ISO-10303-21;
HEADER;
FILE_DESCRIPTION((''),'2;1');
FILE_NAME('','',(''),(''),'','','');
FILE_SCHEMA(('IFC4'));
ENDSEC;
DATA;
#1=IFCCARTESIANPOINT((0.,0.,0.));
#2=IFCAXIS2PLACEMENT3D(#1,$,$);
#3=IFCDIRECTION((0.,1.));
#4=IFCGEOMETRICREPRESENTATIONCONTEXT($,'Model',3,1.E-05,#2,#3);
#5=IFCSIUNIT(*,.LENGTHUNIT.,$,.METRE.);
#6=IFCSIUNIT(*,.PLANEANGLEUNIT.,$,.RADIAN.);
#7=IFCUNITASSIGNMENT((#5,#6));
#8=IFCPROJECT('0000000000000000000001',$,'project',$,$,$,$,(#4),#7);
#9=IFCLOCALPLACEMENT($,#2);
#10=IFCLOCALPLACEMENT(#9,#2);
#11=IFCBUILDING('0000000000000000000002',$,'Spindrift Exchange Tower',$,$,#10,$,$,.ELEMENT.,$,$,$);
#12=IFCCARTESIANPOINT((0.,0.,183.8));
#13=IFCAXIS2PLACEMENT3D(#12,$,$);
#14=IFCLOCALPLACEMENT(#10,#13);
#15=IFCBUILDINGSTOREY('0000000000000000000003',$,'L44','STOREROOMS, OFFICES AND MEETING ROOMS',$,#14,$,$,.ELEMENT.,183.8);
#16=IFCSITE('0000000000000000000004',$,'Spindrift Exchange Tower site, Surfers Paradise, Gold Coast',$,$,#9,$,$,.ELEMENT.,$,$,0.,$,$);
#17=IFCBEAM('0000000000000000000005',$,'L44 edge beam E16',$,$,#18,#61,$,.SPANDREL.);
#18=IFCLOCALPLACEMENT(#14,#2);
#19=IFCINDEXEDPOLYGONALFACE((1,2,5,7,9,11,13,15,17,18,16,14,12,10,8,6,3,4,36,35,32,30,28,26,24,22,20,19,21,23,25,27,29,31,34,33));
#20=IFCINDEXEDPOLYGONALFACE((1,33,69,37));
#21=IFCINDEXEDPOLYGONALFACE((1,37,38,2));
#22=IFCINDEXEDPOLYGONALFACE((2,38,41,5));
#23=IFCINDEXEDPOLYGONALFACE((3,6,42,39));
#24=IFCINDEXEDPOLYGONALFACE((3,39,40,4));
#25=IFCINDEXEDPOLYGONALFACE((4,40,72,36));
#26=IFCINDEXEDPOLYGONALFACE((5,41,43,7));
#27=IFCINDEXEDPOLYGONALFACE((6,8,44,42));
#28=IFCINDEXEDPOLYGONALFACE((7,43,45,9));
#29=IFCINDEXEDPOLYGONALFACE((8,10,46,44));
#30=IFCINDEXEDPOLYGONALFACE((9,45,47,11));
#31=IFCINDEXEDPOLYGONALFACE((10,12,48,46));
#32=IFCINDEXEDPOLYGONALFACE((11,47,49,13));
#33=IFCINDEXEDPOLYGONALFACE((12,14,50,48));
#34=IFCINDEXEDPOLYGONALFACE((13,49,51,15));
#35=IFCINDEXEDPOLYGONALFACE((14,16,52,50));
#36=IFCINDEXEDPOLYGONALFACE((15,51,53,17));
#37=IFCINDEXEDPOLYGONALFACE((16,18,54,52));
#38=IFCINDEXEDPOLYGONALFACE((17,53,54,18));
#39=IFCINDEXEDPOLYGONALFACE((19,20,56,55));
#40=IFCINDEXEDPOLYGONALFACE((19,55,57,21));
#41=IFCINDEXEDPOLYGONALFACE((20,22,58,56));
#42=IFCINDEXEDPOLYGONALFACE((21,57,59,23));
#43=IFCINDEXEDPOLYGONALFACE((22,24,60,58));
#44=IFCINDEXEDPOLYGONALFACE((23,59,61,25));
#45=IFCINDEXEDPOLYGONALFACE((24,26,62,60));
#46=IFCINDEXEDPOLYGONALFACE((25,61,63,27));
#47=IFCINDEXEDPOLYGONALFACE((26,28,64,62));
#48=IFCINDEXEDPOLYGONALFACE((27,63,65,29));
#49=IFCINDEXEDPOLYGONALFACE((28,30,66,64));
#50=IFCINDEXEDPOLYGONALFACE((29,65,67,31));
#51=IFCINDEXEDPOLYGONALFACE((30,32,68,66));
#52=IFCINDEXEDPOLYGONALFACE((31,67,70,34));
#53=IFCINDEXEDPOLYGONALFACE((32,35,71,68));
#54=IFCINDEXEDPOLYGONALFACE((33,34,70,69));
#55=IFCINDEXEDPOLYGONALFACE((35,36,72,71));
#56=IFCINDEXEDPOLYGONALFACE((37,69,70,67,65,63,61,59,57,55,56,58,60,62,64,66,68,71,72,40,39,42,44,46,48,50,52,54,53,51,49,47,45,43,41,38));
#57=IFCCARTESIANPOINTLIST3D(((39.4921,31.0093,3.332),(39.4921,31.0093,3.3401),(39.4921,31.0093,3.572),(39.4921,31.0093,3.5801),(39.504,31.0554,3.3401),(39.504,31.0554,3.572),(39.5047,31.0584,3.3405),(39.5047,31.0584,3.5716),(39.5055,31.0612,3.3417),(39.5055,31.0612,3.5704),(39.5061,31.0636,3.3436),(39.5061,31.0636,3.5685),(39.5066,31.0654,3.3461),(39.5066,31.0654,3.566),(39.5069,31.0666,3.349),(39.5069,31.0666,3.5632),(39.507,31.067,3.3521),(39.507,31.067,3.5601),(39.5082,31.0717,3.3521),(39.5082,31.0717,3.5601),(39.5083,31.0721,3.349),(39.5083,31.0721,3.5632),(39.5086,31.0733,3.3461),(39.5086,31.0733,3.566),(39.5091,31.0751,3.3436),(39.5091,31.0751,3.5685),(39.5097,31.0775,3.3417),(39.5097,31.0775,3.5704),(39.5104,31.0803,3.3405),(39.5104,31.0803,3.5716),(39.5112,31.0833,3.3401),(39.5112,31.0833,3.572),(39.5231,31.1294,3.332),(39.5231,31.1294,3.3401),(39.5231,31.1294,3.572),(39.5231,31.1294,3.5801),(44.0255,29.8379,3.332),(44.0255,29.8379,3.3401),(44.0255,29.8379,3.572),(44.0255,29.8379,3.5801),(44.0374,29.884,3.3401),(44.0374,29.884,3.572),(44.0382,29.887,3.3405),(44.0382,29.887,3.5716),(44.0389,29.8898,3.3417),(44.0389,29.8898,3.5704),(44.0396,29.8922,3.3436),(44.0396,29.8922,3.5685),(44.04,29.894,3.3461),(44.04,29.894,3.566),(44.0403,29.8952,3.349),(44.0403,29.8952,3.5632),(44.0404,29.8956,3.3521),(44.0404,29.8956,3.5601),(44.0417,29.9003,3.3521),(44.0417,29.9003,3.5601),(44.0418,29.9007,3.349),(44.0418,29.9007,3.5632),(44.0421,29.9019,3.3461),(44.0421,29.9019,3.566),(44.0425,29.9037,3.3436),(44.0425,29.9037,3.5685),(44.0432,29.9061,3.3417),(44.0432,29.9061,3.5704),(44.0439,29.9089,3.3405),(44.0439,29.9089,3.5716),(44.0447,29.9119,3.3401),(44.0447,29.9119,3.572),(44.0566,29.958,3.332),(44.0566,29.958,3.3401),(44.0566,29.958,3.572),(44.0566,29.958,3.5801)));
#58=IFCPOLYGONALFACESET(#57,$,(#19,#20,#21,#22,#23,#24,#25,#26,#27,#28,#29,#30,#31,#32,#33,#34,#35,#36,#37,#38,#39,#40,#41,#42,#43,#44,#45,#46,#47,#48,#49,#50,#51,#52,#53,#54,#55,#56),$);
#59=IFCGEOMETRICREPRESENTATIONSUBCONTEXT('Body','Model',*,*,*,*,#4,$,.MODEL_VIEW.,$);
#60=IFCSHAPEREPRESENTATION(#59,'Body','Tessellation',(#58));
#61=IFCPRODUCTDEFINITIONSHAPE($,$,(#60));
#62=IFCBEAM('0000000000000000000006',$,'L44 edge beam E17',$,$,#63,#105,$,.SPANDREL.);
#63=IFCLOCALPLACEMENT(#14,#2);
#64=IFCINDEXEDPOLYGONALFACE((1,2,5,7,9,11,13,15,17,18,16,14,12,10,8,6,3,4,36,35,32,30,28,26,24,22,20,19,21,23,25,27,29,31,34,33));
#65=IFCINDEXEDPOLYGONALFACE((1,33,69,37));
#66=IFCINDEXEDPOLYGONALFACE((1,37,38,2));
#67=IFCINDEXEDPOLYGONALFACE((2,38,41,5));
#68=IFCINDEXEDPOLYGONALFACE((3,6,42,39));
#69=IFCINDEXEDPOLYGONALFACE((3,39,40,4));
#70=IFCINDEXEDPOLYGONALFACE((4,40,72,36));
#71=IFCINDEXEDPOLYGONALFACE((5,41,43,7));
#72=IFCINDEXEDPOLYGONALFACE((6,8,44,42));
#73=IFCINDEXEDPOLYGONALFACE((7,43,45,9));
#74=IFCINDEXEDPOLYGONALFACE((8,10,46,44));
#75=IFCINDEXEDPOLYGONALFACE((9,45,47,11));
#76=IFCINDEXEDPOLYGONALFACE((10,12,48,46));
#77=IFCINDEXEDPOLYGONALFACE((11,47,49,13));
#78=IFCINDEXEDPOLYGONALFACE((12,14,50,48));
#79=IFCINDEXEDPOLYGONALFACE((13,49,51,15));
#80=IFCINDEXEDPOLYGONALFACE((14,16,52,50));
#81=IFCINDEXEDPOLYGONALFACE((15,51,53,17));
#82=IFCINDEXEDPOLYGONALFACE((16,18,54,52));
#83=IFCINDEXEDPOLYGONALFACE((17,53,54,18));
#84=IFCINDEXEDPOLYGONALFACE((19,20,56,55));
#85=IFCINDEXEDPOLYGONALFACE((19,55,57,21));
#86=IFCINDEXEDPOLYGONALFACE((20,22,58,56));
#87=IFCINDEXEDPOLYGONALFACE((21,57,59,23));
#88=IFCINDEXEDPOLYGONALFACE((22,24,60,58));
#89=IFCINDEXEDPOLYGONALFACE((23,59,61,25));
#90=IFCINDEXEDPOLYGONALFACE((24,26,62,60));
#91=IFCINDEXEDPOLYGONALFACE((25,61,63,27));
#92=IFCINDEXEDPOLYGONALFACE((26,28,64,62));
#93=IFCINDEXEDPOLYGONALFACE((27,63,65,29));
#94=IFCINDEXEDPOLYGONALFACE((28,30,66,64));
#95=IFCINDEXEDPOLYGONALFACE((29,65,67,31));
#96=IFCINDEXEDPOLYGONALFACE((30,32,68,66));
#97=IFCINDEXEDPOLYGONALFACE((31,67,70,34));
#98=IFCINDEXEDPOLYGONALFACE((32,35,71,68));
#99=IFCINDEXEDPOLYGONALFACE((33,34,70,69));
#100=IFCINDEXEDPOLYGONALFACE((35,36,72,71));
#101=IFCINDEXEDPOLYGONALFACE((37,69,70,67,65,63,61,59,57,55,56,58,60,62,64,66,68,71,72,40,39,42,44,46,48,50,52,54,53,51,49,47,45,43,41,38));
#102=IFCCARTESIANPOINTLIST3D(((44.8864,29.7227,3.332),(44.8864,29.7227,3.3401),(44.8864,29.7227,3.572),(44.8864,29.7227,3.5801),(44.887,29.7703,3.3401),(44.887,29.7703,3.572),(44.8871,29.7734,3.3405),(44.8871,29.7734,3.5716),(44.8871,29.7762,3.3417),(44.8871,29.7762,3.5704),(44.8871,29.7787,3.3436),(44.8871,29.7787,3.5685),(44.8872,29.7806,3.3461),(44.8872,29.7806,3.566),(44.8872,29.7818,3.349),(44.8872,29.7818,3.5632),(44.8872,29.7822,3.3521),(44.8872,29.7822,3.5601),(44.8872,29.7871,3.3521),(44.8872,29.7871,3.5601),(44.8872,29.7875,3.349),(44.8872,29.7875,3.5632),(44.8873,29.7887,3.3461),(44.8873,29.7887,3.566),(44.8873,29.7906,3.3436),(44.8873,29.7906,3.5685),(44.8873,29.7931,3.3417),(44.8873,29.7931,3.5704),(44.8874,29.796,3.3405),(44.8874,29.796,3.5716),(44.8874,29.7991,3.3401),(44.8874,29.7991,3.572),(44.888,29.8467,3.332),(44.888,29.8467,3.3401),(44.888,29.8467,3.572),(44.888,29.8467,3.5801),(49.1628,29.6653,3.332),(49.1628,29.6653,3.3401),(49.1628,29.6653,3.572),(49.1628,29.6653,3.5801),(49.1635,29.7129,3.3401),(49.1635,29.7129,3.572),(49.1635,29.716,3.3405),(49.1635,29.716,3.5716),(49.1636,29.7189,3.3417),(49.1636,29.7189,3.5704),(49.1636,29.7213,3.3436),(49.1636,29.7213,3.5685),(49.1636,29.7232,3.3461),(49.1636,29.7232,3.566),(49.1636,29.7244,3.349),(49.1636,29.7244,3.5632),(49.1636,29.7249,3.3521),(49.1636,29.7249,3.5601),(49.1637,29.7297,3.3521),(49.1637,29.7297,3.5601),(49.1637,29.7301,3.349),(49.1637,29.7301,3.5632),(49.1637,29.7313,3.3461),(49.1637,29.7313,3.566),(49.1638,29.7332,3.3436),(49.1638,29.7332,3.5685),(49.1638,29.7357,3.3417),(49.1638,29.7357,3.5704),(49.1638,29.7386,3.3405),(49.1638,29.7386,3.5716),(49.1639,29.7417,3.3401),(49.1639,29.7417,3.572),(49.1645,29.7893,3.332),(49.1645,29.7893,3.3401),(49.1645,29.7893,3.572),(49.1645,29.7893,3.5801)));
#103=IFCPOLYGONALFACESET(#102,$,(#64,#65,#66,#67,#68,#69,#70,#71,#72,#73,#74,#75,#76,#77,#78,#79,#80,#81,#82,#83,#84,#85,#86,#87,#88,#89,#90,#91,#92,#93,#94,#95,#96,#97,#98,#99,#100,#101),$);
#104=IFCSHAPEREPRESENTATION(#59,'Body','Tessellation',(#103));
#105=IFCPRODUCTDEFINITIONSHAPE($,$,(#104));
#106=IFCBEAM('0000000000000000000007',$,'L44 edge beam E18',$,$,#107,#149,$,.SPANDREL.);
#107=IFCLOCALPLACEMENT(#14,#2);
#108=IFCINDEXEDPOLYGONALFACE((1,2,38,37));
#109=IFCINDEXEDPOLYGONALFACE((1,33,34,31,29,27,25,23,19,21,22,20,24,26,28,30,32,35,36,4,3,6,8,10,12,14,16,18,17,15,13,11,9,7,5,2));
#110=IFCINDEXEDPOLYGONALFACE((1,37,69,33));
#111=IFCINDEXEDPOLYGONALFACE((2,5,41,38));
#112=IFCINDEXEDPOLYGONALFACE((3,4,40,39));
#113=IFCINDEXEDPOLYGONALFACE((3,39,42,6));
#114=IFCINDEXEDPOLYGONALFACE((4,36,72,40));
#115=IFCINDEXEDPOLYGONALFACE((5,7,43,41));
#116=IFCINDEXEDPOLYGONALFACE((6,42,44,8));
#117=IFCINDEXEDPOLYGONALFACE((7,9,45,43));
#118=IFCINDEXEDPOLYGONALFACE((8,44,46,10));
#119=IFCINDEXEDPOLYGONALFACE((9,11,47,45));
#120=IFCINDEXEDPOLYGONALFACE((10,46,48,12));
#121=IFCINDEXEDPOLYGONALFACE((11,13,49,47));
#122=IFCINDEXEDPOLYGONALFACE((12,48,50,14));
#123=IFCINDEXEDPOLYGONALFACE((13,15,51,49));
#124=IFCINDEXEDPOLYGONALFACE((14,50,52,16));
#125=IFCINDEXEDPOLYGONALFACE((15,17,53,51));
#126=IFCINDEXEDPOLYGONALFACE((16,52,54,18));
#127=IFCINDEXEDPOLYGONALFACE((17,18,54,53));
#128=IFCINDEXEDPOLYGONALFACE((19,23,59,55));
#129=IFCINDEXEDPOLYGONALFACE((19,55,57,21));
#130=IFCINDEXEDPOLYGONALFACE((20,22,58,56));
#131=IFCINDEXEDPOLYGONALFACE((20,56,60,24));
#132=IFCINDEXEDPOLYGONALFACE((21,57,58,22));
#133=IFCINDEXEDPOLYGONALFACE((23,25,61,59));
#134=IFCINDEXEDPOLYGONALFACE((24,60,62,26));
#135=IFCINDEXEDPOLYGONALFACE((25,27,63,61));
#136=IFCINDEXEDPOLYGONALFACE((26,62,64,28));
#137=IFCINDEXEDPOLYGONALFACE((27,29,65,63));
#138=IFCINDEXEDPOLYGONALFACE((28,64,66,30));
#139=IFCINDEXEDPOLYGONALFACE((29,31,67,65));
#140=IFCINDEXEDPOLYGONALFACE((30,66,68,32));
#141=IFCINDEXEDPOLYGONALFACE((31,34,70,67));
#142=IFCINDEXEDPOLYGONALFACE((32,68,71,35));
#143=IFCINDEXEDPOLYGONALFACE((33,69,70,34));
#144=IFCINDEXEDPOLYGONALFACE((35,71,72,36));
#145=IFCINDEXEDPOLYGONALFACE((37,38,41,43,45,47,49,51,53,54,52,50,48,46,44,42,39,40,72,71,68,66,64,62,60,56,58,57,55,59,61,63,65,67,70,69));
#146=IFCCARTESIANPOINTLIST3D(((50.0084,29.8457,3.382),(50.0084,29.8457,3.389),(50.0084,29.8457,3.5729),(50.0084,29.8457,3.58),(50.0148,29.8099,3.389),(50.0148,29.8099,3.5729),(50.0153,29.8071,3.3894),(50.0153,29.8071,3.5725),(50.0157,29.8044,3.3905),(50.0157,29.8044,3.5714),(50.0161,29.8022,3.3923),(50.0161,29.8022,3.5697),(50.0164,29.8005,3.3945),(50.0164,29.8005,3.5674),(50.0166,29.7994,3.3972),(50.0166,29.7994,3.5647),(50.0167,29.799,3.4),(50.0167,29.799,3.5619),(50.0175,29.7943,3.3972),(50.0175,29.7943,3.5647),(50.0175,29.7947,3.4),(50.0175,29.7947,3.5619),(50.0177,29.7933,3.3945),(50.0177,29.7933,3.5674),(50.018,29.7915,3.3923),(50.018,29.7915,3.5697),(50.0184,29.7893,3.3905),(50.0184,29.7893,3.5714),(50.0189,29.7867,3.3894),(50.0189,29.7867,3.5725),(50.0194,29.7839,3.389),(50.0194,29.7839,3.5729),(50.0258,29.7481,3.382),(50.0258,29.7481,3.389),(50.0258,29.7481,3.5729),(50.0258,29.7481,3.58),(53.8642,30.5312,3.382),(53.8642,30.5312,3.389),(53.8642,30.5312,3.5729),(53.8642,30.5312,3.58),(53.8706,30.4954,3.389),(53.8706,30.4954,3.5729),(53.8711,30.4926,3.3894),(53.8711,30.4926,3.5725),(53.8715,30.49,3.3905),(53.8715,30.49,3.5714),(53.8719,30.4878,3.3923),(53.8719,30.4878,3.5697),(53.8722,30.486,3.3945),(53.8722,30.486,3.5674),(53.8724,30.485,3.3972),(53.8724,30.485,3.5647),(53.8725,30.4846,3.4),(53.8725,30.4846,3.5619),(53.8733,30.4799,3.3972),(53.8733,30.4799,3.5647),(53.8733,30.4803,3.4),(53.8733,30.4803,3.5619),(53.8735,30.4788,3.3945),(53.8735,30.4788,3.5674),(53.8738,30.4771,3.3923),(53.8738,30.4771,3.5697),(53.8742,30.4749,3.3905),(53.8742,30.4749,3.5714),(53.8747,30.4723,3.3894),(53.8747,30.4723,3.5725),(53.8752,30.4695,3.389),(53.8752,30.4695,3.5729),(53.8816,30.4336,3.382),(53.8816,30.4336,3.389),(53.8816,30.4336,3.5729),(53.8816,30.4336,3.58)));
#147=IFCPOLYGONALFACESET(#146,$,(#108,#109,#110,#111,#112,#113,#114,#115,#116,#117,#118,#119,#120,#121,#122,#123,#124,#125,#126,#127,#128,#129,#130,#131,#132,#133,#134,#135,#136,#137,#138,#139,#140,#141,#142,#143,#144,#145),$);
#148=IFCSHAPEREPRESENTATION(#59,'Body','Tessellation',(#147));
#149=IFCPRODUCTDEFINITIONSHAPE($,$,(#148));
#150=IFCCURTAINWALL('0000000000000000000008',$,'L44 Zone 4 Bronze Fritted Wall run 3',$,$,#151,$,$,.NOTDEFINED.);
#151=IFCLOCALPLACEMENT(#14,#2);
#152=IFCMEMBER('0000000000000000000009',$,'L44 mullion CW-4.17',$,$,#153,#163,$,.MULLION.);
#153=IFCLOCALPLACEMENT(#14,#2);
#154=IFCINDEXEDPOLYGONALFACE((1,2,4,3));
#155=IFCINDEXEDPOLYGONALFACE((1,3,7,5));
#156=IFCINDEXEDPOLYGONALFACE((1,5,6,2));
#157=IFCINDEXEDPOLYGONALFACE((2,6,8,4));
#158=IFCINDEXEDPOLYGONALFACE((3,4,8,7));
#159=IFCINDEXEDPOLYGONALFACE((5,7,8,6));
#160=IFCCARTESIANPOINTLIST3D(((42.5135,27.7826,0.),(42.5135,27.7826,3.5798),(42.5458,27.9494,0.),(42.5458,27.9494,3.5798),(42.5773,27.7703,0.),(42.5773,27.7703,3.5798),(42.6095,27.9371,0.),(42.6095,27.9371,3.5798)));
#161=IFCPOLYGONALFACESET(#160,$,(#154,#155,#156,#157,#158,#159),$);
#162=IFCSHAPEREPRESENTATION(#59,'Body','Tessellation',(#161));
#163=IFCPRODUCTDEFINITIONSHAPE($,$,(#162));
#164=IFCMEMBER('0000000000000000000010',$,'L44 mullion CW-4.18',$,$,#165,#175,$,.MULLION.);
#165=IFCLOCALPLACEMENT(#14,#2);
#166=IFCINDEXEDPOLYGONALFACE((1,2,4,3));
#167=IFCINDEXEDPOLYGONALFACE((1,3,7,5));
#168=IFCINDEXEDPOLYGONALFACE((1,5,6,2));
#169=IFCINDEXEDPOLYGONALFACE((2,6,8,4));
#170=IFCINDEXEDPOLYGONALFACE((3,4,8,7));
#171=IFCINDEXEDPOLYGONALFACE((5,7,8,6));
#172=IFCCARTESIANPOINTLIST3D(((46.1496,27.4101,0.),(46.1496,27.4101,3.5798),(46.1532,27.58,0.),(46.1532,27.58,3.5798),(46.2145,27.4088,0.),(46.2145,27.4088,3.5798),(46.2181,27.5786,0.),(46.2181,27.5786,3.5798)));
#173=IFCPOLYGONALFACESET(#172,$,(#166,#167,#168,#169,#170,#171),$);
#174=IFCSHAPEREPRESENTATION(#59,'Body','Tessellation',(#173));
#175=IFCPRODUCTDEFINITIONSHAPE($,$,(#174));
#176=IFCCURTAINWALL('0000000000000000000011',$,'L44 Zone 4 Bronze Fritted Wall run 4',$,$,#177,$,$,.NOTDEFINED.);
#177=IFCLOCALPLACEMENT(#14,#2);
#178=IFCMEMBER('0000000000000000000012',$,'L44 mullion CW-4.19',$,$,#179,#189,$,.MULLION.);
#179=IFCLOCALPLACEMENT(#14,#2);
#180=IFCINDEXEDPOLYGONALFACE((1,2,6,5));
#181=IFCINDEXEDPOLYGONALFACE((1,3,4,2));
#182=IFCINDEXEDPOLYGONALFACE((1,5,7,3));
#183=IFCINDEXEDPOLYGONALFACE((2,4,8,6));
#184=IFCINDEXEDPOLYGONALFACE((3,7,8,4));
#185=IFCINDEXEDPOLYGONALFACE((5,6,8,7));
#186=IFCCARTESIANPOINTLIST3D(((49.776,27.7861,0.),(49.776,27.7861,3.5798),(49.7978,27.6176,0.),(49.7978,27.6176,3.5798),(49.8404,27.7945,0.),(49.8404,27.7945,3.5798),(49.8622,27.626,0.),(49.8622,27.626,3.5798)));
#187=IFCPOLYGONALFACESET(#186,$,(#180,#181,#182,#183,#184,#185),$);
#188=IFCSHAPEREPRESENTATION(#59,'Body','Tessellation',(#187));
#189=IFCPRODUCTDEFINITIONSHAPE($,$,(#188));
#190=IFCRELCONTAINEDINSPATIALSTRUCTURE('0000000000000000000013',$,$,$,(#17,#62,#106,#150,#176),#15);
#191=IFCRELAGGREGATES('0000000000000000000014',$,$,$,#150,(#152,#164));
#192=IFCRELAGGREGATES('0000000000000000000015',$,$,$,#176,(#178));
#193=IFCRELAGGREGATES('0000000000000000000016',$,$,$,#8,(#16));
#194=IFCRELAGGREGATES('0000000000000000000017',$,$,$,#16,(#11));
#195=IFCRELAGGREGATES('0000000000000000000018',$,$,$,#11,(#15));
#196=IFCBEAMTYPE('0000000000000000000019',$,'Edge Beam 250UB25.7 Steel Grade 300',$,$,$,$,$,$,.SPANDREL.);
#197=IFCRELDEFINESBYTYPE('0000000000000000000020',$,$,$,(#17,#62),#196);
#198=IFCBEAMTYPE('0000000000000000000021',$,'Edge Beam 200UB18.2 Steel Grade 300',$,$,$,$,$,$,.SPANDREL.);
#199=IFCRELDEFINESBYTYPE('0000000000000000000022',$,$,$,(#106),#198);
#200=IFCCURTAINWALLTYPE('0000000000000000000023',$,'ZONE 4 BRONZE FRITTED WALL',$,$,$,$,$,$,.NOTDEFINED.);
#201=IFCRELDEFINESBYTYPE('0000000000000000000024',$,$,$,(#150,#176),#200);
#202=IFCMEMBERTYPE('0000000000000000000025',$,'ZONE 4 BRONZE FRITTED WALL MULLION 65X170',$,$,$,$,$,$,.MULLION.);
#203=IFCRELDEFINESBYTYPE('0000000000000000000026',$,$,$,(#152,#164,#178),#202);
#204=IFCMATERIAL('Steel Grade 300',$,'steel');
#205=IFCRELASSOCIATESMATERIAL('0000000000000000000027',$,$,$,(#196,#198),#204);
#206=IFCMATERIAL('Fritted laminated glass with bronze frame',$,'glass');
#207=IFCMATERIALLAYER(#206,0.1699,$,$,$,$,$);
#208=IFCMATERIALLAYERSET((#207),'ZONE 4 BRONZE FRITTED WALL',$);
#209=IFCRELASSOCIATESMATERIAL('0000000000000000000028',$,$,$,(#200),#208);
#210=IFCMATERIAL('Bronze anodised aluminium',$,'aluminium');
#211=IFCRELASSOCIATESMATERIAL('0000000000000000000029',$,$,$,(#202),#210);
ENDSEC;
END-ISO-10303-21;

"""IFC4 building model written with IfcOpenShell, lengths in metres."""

from ifc_helpers import new_model, si_unit, direction, frame, origin, origin_2d, place, context, subcontext, project, spatial, rectangle, i_section, extrude, source, transform, mapped, material, layer, layer_set, material_profile, profile_set, type_object, element, aggregate, save


model = new_model("IFC4")

# Units and contexts
model_context = context("Model", 3, precision=1e-05, world=origin(), true_north=direction((0.0, 1.0)))
body_context = subcontext(model_context, "Body", "Model", "MODEL_VIEW")
ifc_project = project(units=[si_unit("LENGTHUNIT", "METRE"), si_unit("PLANEANGLEUNIT", "RADIAN")], contexts=[model_context])

# Site, building, storey
site_placement = place(None, origin())
site = spatial("IfcSite", under=ifc_project, at=site_placement, Name="Spindrift Exchange Tower site, Surfers Paradise, Gold Coast", CompositionType="ELEMENT", RefElevation=0.0)
building_placement = place(site_placement, origin())
building = spatial("IfcBuilding", under=site, at=building_placement, Name="Spindrift Exchange Tower", CompositionType="ELEMENT")
storey_placement = place(building_placement, frame((0.0, 0.0, 183.8)))
storey = spatial("IfcBuildingStorey", under=building, at=storey_placement, Name="L44", Description="STOREROOMS, OFFICES AND MEETING ROOMS", CompositionType="ELEMENT", Elevation=183.8)

# Beams
ifc_material_1 = material(Name="Steel Grade 300", Category="steel")
ifc_material_profile_1 = material_profile(ifc_material_1, i_section(OverallWidth=0.124, OverallDepth=0.248, WebThickness=0.0049, FlangeThickness=0.0081, FilletRadius=0.012, at=origin_2d()), Name="250UB25.7")
ifc_profile_set_1 = profile_set([ifc_material_profile_1], Name="Steel Grade 300")
beam_type_1 = type_object("IfcBeamType", Name="Edge Beam 250UB25.7 Steel Grade 300", PredefinedType="SPANDREL", material=ifc_profile_set_1)
shared_shape_1 = source(origin(), body_context, "Body", "SweptSolid", [
    extrude(i_section(OverallWidth=0.124, OverallDepth=0.248, WebThickness=0.0049, FlangeThickness=0.0081, FilletRadius=0.012, at=origin_2d()), origin(), (0.0, 0.0, 1.0), 4.6824),
])
beam_1_placement = place(storey_placement, frame((39.5076, 31.0693, 3.4561), z_axis=(0.968202, -0.250171, 0.0), x_axis=(0.250171, 0.968202, 0.0)))
element("IfcBeam", 1, at=beam_1_placement, inside=storey, type_object=beam_type_1, Name="L44 edge beam E16", PredefinedType="SPANDREL", context=body_context, shape_type="MappedRepresentation", body=[
    mapped(shared_shape_1, transform((0.0, 0.0, 0.0), scale=1.0)),
])
shared_shape_2 = source(origin(), body_context, "Body", "SweptSolid", [
    extrude(i_section(OverallWidth=0.124, OverallDepth=0.248, WebThickness=0.0049, FlangeThickness=0.0081, FilletRadius=0.012, at=origin_2d()), origin(), (0.0, 0.0, 1.0), 4.2769),
])
beam_2_placement = place(storey_placement, frame((44.8872, 29.7847, 3.4561), z_axis=(0.99991, -0.013415, 0.0), x_axis=(0.013415, 0.99991, 0.0)))
element("IfcBeam", 2, at=beam_2_placement, inside=storey, type_object=beam_type_1, Name="L44 edge beam E17", PredefinedType="SPANDREL", context=body_context, shape_type="MappedRepresentation", body=[
    mapped(shared_shape_2, transform((0.0, 0.0, 0.0), scale=1.0)),
])
ifc_material_profile_2 = material_profile(ifc_material_1, i_section(OverallWidth=0.0991, OverallDepth=0.198, WebThickness=0.0044, FlangeThickness=0.0071, FilletRadius=0.011, at=origin_2d()), Name="200UB18.2")
ifc_profile_set_2 = profile_set([ifc_material_profile_2], Name="Steel Grade 300")
beam_type_2 = type_object("IfcBeamType", Name="Edge Beam 200UB18.2 Steel Grade 300", PredefinedType="SPANDREL", material=ifc_profile_set_2)
shared_shape_3 = source(origin(), body_context, "Body", "SweptSolid", [
    extrude(i_section(OverallWidth=0.0991, OverallDepth=0.198, WebThickness=0.0044, FlangeThickness=0.0071, FilletRadius=0.011, at=origin_2d()), origin(), (0.0, 0.0, 1.0), 3.9163),
])
beam_3_placement = place(storey_placement, frame((50.0171, 29.7969, 3.481), z_axis=(0.984559, 0.175055, 0.0), x_axis=(-0.175055, 0.984559, 0.0)))
element("IfcBeam", 3, at=beam_3_placement, inside=storey, type_object=beam_type_2, Name="L44 edge beam E18", PredefinedType="SPANDREL", context=body_context, shape_type="MappedRepresentation", body=[
    mapped(shared_shape_3, transform((0.0, 0.0, 0.0), scale=1.0)),
])

# Curtain walls, members
ifc_material_2 = material(Name="Fritted laminated glass with bronze frame", Category="glass")
ifc_layer_1 = layer(ifc_material_2, 0.1699)
ifc_layer_set_1 = layer_set([ifc_layer_1], Name="ZONE 4 BRONZE FRITTED WALL")
curtain_wall_type = type_object("IfcCurtainWallType", Name="ZONE 4 BRONZE FRITTED WALL", PredefinedType="NOTDEFINED", material=ifc_layer_set_1)
curtain_wall_1_placement = place(storey_placement, origin())
curtain_wall_1 = element("IfcCurtainWall", 4, at=curtain_wall_1_placement, inside=storey, type_object=curtain_wall_type, Name="L44 Zone 4 Bronze Fritted Wall run 3", PredefinedType="NOTDEFINED")
ifc_material_3 = material(Name="Bronze anodised aluminium", Category="aluminium")
ifc_material_profile_3 = material_profile(ifc_material_3, rectangle(XDim=0.0649, YDim=0.1699, at=origin_2d()), Name="ZONE 4 BRONZE FRITTED WALL MULLION 65X170")
ifc_profile_set_3 = profile_set([ifc_material_profile_3], Name="Bronze anodised aluminium")
member_type_1 = type_object("IfcMemberType", Name="ZONE 4 BRONZE FRITTED WALL MULLION 65X170", PredefinedType="MULLION", material=ifc_profile_set_3)
shared_shape_4 = source(origin(), body_context, "Body", "SweptSolid", [
    extrude(rectangle(XDim=0.0649, YDim=0.1699, at=origin_2d()), origin(), (0.0, 0.0, 1.0), 3.5798),
])
member_1_placement = place(storey_placement, frame((42.5615, 27.8599, 0.0), z_axis=(0.0, 0.0, 1.0), x_axis=(0.981798, -0.189926, 0.0)))
member_1 = element("IfcMember", 5, at=member_1_placement, type_object=member_type_1, Name="L44 mullion CW-4.17", PredefinedType="MULLION", context=body_context, shape_type="MappedRepresentation", body=[
    mapped(shared_shape_4, transform((0.0, 0.0, 0.0), scale=1.0)),
])
member_2_placement = place(storey_placement, frame((46.1838, 27.4944, 0.0), z_axis=(0.0, 0.0, 1.0), x_axis=(0.999775, -0.021197, 0.0)))
member_2 = element("IfcMember", 6, at=member_2_placement, type_object=member_type_1, Name="L44 mullion CW-4.18", PredefinedType="MULLION", context=body_context, shape_type="MappedRepresentation", body=[
    mapped(shared_shape_4, transform((0.0, 0.0, 0.0), scale=1.0)),
])
curtain_wall_2_placement = place(storey_placement, origin())
curtain_wall_2 = element("IfcCurtainWall", 7, at=curtain_wall_2_placement, inside=storey, type_object=curtain_wall_type, Name="L44 Zone 4 Bronze Fritted Wall run 4", PredefinedType="NOTDEFINED")
member_3_placement = place(storey_placement, frame((49.8191, 27.7061, 0.0), z_axis=(0.0, 0.0, 1.0), x_axis=(0.99171, 0.128494, 0.0)))
member_3 = element("IfcMember", 8, at=member_3_placement, type_object=member_type_1, Name="L44 mullion CW-4.19", PredefinedType="MULLION", context=body_context, shape_type="MappedRepresentation", body=[
    mapped(shared_shape_4, transform((0.0, 0.0, 0.0), scale=1.0)),
])

aggregate(curtain_wall_1, [member_1, member_2])
aggregate(curtain_wall_2, [member_3])

save(model, "model.ifc")
